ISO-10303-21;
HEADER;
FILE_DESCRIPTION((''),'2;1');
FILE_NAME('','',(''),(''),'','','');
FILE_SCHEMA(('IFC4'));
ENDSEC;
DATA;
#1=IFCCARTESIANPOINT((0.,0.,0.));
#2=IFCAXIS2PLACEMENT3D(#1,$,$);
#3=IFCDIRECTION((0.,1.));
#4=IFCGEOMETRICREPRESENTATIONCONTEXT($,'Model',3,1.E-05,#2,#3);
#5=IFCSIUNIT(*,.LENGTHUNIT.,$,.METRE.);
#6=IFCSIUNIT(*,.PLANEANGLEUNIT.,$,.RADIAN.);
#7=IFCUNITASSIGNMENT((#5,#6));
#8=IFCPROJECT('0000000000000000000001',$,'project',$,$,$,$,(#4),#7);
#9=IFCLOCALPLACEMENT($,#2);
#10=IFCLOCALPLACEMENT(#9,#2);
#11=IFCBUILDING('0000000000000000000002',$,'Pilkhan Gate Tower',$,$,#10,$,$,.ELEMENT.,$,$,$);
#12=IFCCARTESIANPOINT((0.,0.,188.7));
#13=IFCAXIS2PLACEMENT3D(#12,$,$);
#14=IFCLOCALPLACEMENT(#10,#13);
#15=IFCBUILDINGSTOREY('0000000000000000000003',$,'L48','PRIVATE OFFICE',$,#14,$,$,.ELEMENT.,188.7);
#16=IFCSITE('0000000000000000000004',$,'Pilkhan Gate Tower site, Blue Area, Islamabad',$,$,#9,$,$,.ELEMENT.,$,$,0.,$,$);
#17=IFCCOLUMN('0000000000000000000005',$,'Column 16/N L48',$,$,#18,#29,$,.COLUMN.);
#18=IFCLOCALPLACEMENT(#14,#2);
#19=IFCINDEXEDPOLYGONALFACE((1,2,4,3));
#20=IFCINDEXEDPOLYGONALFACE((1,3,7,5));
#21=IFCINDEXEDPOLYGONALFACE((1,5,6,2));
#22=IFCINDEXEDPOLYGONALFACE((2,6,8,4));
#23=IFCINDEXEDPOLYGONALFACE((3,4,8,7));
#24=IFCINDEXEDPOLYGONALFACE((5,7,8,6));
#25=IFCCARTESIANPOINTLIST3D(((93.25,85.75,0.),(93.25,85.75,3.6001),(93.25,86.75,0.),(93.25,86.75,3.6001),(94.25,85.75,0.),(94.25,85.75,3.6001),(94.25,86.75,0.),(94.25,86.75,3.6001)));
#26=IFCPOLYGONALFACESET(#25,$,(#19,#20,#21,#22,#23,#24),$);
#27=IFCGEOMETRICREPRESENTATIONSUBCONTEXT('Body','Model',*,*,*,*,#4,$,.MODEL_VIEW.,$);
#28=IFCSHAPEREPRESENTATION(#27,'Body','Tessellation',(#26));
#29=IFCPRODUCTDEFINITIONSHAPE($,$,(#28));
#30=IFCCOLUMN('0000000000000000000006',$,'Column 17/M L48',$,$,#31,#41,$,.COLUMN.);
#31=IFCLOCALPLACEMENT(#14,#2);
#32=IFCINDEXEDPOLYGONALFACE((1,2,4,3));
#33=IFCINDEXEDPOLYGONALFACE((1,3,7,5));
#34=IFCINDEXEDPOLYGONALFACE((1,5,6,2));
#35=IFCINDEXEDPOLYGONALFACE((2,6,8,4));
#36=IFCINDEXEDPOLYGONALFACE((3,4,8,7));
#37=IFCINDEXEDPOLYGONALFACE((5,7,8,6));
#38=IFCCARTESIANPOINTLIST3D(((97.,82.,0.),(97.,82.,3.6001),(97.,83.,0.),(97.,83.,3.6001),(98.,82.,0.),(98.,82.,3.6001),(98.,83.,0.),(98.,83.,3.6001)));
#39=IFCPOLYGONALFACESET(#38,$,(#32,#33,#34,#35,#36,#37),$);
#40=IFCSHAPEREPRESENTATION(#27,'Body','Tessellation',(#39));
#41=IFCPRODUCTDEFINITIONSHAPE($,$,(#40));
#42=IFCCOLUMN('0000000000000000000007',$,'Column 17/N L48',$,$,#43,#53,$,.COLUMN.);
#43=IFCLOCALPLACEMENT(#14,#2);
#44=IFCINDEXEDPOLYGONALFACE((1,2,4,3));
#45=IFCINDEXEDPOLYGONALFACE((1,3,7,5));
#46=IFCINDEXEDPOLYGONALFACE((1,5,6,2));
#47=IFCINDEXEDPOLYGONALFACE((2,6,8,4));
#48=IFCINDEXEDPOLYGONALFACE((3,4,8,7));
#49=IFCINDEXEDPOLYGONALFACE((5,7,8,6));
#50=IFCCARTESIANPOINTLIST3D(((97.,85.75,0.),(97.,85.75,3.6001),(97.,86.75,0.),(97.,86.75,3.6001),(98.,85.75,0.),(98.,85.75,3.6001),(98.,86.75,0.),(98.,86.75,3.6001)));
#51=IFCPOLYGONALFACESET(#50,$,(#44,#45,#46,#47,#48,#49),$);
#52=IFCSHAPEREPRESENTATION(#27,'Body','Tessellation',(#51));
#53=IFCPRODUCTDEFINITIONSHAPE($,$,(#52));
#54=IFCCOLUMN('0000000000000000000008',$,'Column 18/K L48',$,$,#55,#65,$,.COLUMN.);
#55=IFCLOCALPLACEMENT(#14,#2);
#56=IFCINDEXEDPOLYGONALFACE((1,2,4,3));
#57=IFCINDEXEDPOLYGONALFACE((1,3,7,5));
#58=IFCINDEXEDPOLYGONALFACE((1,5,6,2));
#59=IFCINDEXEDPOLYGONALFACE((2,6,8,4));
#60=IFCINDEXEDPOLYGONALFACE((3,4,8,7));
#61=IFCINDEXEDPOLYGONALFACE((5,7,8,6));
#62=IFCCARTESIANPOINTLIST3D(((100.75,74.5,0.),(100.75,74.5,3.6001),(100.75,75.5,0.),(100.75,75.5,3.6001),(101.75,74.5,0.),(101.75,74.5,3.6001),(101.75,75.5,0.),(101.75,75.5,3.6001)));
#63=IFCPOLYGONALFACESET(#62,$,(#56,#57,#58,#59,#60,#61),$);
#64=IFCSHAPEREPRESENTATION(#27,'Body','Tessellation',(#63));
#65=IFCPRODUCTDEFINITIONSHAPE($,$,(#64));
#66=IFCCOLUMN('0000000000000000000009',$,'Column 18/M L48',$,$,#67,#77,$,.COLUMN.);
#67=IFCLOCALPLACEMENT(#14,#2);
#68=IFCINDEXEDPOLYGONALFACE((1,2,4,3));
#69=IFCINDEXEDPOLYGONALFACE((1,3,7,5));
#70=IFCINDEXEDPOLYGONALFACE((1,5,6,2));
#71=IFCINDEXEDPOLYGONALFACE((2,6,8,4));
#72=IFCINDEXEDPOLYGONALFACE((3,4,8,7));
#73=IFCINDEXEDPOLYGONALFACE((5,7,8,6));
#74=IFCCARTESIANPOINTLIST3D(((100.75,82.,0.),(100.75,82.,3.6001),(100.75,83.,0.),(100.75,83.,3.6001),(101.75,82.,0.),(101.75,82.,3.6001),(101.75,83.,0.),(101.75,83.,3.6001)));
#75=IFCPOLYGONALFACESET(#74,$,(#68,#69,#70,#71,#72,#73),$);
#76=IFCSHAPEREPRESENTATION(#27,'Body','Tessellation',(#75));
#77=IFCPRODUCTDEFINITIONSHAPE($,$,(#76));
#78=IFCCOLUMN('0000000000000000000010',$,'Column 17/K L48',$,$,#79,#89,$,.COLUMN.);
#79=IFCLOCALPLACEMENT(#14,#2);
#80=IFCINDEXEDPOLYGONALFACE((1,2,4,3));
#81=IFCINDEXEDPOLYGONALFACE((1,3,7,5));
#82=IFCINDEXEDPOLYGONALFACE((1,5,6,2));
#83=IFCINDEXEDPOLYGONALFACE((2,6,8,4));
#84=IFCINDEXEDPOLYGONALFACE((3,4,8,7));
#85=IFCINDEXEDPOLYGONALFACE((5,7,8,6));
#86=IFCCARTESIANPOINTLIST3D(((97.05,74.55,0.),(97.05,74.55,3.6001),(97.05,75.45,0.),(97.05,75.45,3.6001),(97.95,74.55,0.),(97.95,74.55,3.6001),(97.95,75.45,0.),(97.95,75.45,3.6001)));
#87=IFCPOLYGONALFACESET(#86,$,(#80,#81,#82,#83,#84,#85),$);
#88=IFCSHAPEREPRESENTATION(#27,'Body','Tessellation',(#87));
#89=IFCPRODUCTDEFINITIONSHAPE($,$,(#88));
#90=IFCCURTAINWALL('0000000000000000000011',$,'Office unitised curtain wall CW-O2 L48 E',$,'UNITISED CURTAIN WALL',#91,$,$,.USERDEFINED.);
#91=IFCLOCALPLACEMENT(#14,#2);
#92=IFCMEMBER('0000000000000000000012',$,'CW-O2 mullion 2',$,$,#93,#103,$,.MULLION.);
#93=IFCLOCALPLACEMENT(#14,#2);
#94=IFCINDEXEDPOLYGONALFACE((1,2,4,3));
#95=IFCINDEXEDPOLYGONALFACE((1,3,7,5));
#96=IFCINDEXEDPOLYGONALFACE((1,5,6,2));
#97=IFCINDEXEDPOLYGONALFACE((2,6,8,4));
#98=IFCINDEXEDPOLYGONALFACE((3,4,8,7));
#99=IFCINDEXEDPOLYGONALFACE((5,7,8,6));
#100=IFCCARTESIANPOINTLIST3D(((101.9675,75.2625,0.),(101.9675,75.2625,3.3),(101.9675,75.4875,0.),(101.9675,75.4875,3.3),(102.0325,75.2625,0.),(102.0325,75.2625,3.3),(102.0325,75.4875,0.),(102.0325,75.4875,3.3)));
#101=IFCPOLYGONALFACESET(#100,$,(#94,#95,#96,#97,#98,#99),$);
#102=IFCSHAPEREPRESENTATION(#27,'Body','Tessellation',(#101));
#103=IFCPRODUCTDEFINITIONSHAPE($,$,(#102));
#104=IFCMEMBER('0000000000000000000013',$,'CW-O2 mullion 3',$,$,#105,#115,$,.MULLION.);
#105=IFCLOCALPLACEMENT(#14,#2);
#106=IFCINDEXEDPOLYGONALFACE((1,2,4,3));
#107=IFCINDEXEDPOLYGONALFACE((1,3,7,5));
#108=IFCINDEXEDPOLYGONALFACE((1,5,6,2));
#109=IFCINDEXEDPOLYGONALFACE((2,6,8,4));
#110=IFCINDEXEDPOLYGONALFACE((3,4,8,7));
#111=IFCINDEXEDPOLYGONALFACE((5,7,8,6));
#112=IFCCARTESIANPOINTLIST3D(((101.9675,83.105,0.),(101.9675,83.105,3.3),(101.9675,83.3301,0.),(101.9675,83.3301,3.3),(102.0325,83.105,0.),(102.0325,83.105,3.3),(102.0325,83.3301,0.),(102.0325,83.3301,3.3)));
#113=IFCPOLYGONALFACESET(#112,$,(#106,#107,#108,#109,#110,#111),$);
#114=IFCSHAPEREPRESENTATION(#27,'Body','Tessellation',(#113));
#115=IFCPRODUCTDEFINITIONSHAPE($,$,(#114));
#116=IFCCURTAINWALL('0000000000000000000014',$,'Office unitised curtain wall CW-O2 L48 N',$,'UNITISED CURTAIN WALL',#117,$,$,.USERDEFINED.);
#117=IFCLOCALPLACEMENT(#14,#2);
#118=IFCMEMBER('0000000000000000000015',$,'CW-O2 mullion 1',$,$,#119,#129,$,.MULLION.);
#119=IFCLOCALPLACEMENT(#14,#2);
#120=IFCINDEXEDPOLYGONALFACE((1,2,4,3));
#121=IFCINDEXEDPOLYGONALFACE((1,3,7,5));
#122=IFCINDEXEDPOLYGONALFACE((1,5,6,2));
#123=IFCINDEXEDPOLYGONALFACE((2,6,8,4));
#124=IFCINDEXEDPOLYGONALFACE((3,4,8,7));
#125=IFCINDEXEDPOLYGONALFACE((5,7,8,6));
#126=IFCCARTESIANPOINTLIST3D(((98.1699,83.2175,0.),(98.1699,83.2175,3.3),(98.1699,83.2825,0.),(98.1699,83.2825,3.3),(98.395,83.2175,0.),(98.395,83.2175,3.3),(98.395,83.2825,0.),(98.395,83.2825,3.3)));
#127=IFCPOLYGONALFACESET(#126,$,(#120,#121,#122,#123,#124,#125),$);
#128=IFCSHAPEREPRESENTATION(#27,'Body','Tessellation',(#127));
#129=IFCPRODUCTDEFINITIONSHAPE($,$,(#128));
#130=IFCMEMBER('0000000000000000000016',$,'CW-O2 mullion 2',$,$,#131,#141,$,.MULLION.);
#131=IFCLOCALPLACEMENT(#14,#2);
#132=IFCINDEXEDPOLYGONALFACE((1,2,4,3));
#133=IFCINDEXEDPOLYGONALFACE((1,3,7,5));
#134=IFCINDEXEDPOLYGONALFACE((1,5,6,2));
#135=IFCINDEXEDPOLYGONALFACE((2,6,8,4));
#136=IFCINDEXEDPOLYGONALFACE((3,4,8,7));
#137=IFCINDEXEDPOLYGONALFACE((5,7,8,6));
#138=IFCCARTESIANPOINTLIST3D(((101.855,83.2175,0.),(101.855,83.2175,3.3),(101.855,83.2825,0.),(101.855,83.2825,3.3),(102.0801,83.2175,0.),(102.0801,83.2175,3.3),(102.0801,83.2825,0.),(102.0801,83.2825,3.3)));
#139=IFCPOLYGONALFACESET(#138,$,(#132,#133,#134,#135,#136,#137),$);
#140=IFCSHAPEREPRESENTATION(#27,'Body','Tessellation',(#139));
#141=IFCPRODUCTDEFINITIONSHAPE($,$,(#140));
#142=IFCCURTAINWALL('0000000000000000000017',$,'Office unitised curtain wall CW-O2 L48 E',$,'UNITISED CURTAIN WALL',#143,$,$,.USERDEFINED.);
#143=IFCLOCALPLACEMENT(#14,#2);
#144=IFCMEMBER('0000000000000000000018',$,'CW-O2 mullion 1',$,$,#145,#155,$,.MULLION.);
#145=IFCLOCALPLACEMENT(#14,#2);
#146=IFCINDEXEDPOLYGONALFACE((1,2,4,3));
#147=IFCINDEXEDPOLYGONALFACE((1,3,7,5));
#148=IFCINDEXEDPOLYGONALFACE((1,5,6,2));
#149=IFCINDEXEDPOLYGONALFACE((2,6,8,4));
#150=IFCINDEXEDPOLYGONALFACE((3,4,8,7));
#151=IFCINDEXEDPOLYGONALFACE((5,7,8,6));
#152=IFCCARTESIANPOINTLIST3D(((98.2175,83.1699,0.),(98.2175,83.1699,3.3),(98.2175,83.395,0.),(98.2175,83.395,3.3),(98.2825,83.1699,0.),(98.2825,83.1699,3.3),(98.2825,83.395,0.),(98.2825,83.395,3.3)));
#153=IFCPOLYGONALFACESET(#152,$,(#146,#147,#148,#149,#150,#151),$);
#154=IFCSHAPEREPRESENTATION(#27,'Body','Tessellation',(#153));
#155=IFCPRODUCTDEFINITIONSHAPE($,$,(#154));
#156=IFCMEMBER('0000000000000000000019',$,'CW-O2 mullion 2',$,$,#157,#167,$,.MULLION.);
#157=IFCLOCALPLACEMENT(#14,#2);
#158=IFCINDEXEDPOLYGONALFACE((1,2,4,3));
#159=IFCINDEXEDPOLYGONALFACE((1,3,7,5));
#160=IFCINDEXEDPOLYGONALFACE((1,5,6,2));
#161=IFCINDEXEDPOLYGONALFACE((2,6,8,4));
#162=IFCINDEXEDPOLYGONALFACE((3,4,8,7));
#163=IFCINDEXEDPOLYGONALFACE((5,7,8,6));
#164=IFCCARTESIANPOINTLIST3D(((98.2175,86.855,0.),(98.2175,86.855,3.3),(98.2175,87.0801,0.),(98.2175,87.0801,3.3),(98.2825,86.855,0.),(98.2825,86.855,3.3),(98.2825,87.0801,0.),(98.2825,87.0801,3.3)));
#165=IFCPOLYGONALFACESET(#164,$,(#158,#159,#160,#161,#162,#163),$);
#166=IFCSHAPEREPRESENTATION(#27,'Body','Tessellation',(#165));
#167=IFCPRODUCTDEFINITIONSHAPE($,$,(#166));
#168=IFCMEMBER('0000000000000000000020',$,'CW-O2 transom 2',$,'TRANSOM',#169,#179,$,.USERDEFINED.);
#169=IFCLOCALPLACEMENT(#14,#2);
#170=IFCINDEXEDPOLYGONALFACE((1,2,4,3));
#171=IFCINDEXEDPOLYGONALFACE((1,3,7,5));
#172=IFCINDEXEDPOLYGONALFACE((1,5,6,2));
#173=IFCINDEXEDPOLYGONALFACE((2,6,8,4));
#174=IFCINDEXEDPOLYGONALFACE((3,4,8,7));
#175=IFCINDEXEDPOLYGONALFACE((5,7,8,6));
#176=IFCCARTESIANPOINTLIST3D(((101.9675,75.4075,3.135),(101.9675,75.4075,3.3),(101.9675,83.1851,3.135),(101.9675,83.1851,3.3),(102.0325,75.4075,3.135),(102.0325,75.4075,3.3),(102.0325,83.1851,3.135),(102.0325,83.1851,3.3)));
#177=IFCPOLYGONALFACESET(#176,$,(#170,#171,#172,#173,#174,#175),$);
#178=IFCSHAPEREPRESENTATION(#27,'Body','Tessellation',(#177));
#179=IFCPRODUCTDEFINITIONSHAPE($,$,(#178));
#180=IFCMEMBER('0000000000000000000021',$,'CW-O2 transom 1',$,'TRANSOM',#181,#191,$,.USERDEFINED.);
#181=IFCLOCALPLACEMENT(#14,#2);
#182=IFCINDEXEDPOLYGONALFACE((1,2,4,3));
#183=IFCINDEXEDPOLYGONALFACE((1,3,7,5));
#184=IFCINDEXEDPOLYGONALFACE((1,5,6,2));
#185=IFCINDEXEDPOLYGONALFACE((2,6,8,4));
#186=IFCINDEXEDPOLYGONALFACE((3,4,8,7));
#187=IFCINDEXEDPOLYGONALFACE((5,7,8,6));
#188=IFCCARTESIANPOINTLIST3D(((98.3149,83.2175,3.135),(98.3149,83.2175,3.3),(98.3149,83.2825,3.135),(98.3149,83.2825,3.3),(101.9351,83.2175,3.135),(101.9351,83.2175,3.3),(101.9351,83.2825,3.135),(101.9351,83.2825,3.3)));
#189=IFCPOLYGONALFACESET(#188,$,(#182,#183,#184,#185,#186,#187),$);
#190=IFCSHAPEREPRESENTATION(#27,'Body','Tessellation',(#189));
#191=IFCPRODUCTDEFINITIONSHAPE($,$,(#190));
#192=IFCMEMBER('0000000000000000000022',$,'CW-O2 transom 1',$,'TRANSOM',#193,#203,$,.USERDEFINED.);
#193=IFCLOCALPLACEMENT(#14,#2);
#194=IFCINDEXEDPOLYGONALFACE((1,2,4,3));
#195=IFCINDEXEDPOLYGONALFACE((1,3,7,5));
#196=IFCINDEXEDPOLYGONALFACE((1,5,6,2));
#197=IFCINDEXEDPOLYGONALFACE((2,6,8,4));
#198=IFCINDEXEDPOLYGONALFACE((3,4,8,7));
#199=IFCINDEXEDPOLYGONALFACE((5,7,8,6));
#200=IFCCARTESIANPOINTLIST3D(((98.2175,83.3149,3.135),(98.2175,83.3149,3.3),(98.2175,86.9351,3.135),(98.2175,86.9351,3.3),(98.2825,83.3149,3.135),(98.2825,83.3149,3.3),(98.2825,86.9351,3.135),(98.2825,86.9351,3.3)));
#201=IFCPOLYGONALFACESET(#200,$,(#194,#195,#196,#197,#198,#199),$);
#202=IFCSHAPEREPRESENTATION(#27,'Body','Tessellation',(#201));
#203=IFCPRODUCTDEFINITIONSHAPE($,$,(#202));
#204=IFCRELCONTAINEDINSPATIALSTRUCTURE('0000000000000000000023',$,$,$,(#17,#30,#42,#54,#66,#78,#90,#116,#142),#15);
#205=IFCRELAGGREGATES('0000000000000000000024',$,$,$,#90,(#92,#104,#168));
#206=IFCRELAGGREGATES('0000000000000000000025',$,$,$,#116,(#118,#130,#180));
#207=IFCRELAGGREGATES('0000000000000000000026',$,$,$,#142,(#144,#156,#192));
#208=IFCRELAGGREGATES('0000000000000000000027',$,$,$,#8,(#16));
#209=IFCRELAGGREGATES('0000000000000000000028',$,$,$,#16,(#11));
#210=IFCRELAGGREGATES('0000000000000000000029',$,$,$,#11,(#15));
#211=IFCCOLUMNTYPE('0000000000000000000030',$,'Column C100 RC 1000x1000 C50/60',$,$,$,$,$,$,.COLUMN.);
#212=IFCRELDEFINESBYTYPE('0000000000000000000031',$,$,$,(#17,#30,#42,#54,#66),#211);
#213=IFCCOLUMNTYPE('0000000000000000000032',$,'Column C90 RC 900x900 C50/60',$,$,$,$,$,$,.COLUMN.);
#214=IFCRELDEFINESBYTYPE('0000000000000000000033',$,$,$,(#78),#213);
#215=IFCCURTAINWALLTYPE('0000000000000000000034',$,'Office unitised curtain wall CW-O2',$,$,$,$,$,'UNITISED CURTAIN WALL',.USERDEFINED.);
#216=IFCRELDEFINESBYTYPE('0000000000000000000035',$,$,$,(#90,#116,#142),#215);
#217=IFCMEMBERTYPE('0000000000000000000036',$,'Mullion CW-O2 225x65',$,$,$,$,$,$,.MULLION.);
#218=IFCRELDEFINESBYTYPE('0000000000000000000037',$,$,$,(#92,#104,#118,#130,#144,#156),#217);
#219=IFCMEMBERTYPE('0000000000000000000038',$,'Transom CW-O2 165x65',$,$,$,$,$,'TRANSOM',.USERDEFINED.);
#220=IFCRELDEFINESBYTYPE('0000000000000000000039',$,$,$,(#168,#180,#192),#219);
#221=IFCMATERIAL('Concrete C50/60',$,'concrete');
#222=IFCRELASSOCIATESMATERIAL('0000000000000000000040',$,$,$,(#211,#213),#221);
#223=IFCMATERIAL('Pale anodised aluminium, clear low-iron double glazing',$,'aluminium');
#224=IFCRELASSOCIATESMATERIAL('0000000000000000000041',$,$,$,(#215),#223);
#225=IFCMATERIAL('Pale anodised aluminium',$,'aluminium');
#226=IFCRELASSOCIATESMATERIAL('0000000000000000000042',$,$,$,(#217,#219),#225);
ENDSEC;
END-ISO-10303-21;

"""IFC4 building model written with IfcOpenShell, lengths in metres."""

from ifc_helpers import new_model, si_unit, direction, frame, origin, origin_2d, place, context, subcontext, project, spatial, rectangle, extrude, material, material_profile, profile_set, type_object, element, aggregate, save


model = new_model("IFC4")

# Units and contexts
model_context = context("Model", 3, precision=1e-05, world=origin(), true_north=direction((0.0, 1.0)))
body_context = subcontext(model_context, "Body", "Model", "MODEL_VIEW")
ifc_project = project(units=[si_unit("LENGTHUNIT", "METRE"), si_unit("PLANEANGLEUNIT", "RADIAN")], contexts=[model_context])

# Site, building, storey
site_placement = place(None, origin())
site = spatial("IfcSite", under=ifc_project, at=site_placement, Name="Pilkhan Gate Tower site, Blue Area, Islamabad", CompositionType="ELEMENT", RefElevation=0.0)
building_placement = place(site_placement, origin())
building = spatial("IfcBuilding", under=site, at=building_placement, Name="Pilkhan Gate Tower", CompositionType="ELEMENT")
storey_placement = place(building_placement, frame((0.0, 0.0, 188.7)))
storey = spatial("IfcBuildingStorey", under=building, at=storey_placement, Name="L48", Description="PRIVATE OFFICE", CompositionType="ELEMENT", Elevation=188.7)

# Columns
ifc_material_1 = material(Name="Concrete C50/60", Category="concrete")
ifc_material_profile_1 = material_profile(ifc_material_1, rectangle(XDim=1.0, YDim=1.0, at=origin_2d()), Name="RC 1000x1000")
ifc_profile_set_1 = profile_set([ifc_material_profile_1], Name="Concrete C50/60")
column_type_1 = type_object("IfcColumnType", Name="Column C100 RC 1000x1000 C50/60", PredefinedType="COLUMN", material=ifc_profile_set_1)
for number, where, z_axis, x_axis, name in (
    (1, (93.75, 86.25, 0.0), (0.0, 0.0, 1.0), (1.0, 0.0, 0.0), "Column 16/N L48"),
    (2, (97.5, 82.5, 0.0), (0.0, 0.0, 1.0), (1.0, 0.0, 0.0), "Column 17/M L48"),
    (3, (97.5, 86.25, 0.0), (0.0, 0.0, 1.0), (1.0, 0.0, 0.0), "Column 17/N L48"),
    (4, (101.25, 75.0, 0.0), (0.0, 0.0, 1.0), (1.0, 0.0, 0.0), "Column 18/K L48"),
    (5, (101.25, 82.5, 0.0), (0.0, 0.0, 1.0), (1.0, 0.0, 0.0), "Column 18/M L48"),
):
    element("IfcColumn", number, at=place(storey_placement, frame(where, z_axis=z_axis, x_axis=x_axis)), inside=storey, type_object=column_type_1, Name=name, PredefinedType="COLUMN", context=body_context, shape_type="SweptSolid", body=[
        extrude(rectangle(XDim=1.0, YDim=1.0, at=origin_2d()), origin(), (0.0, 0.0, 1.0), 3.6001),
    ])
ifc_material_profile_2 = material_profile(ifc_material_1, rectangle(XDim=0.8999, YDim=0.8999, at=origin_2d()), Name="RC 900x900")
ifc_profile_set_2 = profile_set([ifc_material_profile_2], Name="Concrete C50/60")
column_type_2 = type_object("IfcColumnType", Name="Column C90 RC 900x900 C50/60", PredefinedType="COLUMN", material=ifc_profile_set_2)
column_placement = place(storey_placement, frame((97.5, 75.0, 0.0), z_axis=(0.0, 0.0, 1.0), x_axis=(1.0, 0.0, 0.0)))
element("IfcColumn", 6, at=column_placement, inside=storey, type_object=column_type_2, Name="Column 17/K L48", PredefinedType="COLUMN", context=body_context, shape_type="SweptSolid", body=[
    extrude(rectangle(XDim=0.8999, YDim=0.8999, at=origin_2d()), origin(), (0.0, 0.0, 1.0), 3.6001),
])

# Curtain walls, members
ifc_material_2 = material(Name="Pale anodised aluminium, clear low-iron double glazing", Category="aluminium")
curtain_wall_type = type_object("IfcCurtainWallType", Name="Office unitised curtain wall CW-O2", ElementType="UNITISED CURTAIN WALL", PredefinedType="USERDEFINED", material=ifc_material_2)
curtain_wall_1_placement = place(storey_placement, origin())
curtain_wall_1 = element("IfcCurtainWall", 7, at=curtain_wall_1_placement, inside=storey, type_object=curtain_wall_type, Name="Office unitised curtain wall CW-O2 L48 E", ObjectType="UNITISED CURTAIN WALL", PredefinedType="USERDEFINED")
ifc_material_3 = material(Name="Pale anodised aluminium", Category="aluminium")
ifc_material_profile_3 = material_profile(ifc_material_3, rectangle(XDim=0.0649, YDim=0.2251, at=origin_2d()), Name="Mullion 225x65")
ifc_profile_set_3 = profile_set([ifc_material_profile_3], Name="Pale anodised aluminium")
member_type_1 = type_object("IfcMemberType", Name="Mullion CW-O2 225x65", PredefinedType="MULLION", material=ifc_profile_set_3)
member_1_placement = place(storey_placement, frame((102.0, 75.375, 0.0), z_axis=(0.0, 0.0, 1.0), x_axis=(-1.0, 0.0, 0.0)))
member_1 = element("IfcMember", 8, at=member_1_placement, type_object=member_type_1, Name="CW-O2 mullion 2", PredefinedType="MULLION", context=body_context, shape_type="SweptSolid", body=[
    extrude(rectangle(XDim=0.0649, YDim=0.2251, at=origin_2d()), origin(), (0.0, 0.0, 1.0), 3.3),
])
member_2_placement = place(storey_placement, frame((102.0, 83.2175, 0.0), z_axis=(0.0, 0.0, 1.0), x_axis=(-1.0, 0.0, 0.0)))
member_2 = element("IfcMember", 9, at=member_2_placement, type_object=member_type_1, Name="CW-O2 mullion 3", PredefinedType="MULLION", context=body_context, shape_type="SweptSolid", body=[
    extrude(rectangle(XDim=0.0649, YDim=0.2251, at=origin_2d()), origin(), (0.0, 0.0, 1.0), 3.3),
])
curtain_wall_2_placement = place(storey_placement, origin())
curtain_wall_2 = element("IfcCurtainWall", 10, at=curtain_wall_2_placement, inside=storey, type_object=curtain_wall_type, Name="Office unitised curtain wall CW-O2 L48 N", ObjectType="UNITISED CURTAIN WALL", PredefinedType="USERDEFINED")
member_3_placement = place(storey_placement, frame((98.2825, 83.25, 0.0), z_axis=(0.0, 0.0, 1.0), x_axis=(0.0, 1.0, 0.0)))
member_3 = element("IfcMember", 11, at=member_3_placement, type_object=member_type_1, Name="CW-O2 mullion 1", PredefinedType="MULLION", context=body_context, shape_type="SweptSolid", body=[
    extrude(rectangle(XDim=0.0649, YDim=0.2251, at=origin_2d()), origin(), (0.0, 0.0, 1.0), 3.3),
])
member_4_placement = place(storey_placement, frame((101.9675, 83.25, 0.0), z_axis=(0.0, 0.0, 1.0), x_axis=(0.0, 1.0, 0.0)))
member_4 = element("IfcMember", 12, at=member_4_placement, type_object=member_type_1, Name="CW-O2 mullion 2", PredefinedType="MULLION", context=body_context, shape_type="SweptSolid", body=[
    extrude(rectangle(XDim=0.0649, YDim=0.2251, at=origin_2d()), origin(), (0.0, 0.0, 1.0), 3.3),
])
curtain_wall_3_placement = place(storey_placement, origin())
curtain_wall_3 = element("IfcCurtainWall", 13, at=curtain_wall_3_placement, inside=storey, type_object=curtain_wall_type, Name="Office unitised curtain wall CW-O2 L48 E", ObjectType="UNITISED CURTAIN WALL", PredefinedType="USERDEFINED")
member_5_placement = place(storey_placement, frame((98.25, 83.2825, 0.0), z_axis=(0.0, 0.0, 1.0), x_axis=(-1.0, 0.0, 0.0)))
member_5 = element("IfcMember", 14, at=member_5_placement, type_object=member_type_1, Name="CW-O2 mullion 1", PredefinedType="MULLION", context=body_context, shape_type="SweptSolid", body=[
    extrude(rectangle(XDim=0.0649, YDim=0.2251, at=origin_2d()), origin(), (0.0, 0.0, 1.0), 3.3),
])
member_6_placement = place(storey_placement, frame((98.25, 86.9675, 0.0), z_axis=(0.0, 0.0, 1.0), x_axis=(-1.0, 0.0, 0.0)))
member_6 = element("IfcMember", 15, at=member_6_placement, type_object=member_type_1, Name="CW-O2 mullion 2", PredefinedType="MULLION", context=body_context, shape_type="SweptSolid", body=[
    extrude(rectangle(XDim=0.0649, YDim=0.2251, at=origin_2d()), origin(), (0.0, 0.0, 1.0), 3.3),
])

# Members
ifc_material_profile_4 = material_profile(ifc_material_3, rectangle(XDim=0.0649, YDim=0.165, at=origin_2d()), Name="Transom 165x65")
ifc_profile_set_4 = profile_set([ifc_material_profile_4], Name="Pale anodised aluminium")
member_type_2 = type_object("IfcMemberType", Name="Transom CW-O2 165x65", ElementType="TRANSOM", PredefinedType="USERDEFINED", material=ifc_profile_set_4)
member_7_placement = place(storey_placement, frame((102.0, 75.4075, 3.2175), z_axis=(0.0, 1.0, 0.0), x_axis=(-1.0, 0.0, 0.0)))
member_7 = element("IfcMember", 16, at=member_7_placement, type_object=member_type_2, Name="CW-O2 transom 2", ObjectType="TRANSOM", PredefinedType="USERDEFINED", context=body_context, shape_type="SweptSolid", body=[
    extrude(rectangle(XDim=0.0649, YDim=0.165, at=origin_2d()), origin(), (0.0, 0.0, 1.0), 7.7776),
])
member_8_placement = place(storey_placement, frame((98.3149, 83.25, 3.2175), z_axis=(1.0, 0.0, 0.0), x_axis=(0.0, 1.0, 0.0)))
member_8 = element("IfcMember", 17, at=member_8_placement, type_object=member_type_2, Name="CW-O2 transom 1", ObjectType="TRANSOM", PredefinedType="USERDEFINED", context=body_context, shape_type="SweptSolid", body=[
    extrude(rectangle(XDim=0.0649, YDim=0.165, at=origin_2d()), origin(), (0.0, 0.0, 1.0), 3.6201),
])
member_9_placement = place(storey_placement, frame((98.25, 83.3149, 3.2175), z_axis=(0.0, 1.0, 0.0), x_axis=(-1.0, 0.0, 0.0)))
member_9 = element("IfcMember", 18, at=member_9_placement, type_object=member_type_2, Name="CW-O2 transom 1", ObjectType="TRANSOM", PredefinedType="USERDEFINED", context=body_context, shape_type="SweptSolid", body=[
    extrude(rectangle(XDim=0.0649, YDim=0.165, at=origin_2d()), origin(), (0.0, 0.0, 1.0), 3.6201),
])

aggregate(curtain_wall_1, [member_1, member_2, member_7])
aggregate(curtain_wall_2, [member_3, member_4, member_8])
aggregate(curtain_wall_3, [member_5, member_6, member_9])

save(model, "model.ifc")
